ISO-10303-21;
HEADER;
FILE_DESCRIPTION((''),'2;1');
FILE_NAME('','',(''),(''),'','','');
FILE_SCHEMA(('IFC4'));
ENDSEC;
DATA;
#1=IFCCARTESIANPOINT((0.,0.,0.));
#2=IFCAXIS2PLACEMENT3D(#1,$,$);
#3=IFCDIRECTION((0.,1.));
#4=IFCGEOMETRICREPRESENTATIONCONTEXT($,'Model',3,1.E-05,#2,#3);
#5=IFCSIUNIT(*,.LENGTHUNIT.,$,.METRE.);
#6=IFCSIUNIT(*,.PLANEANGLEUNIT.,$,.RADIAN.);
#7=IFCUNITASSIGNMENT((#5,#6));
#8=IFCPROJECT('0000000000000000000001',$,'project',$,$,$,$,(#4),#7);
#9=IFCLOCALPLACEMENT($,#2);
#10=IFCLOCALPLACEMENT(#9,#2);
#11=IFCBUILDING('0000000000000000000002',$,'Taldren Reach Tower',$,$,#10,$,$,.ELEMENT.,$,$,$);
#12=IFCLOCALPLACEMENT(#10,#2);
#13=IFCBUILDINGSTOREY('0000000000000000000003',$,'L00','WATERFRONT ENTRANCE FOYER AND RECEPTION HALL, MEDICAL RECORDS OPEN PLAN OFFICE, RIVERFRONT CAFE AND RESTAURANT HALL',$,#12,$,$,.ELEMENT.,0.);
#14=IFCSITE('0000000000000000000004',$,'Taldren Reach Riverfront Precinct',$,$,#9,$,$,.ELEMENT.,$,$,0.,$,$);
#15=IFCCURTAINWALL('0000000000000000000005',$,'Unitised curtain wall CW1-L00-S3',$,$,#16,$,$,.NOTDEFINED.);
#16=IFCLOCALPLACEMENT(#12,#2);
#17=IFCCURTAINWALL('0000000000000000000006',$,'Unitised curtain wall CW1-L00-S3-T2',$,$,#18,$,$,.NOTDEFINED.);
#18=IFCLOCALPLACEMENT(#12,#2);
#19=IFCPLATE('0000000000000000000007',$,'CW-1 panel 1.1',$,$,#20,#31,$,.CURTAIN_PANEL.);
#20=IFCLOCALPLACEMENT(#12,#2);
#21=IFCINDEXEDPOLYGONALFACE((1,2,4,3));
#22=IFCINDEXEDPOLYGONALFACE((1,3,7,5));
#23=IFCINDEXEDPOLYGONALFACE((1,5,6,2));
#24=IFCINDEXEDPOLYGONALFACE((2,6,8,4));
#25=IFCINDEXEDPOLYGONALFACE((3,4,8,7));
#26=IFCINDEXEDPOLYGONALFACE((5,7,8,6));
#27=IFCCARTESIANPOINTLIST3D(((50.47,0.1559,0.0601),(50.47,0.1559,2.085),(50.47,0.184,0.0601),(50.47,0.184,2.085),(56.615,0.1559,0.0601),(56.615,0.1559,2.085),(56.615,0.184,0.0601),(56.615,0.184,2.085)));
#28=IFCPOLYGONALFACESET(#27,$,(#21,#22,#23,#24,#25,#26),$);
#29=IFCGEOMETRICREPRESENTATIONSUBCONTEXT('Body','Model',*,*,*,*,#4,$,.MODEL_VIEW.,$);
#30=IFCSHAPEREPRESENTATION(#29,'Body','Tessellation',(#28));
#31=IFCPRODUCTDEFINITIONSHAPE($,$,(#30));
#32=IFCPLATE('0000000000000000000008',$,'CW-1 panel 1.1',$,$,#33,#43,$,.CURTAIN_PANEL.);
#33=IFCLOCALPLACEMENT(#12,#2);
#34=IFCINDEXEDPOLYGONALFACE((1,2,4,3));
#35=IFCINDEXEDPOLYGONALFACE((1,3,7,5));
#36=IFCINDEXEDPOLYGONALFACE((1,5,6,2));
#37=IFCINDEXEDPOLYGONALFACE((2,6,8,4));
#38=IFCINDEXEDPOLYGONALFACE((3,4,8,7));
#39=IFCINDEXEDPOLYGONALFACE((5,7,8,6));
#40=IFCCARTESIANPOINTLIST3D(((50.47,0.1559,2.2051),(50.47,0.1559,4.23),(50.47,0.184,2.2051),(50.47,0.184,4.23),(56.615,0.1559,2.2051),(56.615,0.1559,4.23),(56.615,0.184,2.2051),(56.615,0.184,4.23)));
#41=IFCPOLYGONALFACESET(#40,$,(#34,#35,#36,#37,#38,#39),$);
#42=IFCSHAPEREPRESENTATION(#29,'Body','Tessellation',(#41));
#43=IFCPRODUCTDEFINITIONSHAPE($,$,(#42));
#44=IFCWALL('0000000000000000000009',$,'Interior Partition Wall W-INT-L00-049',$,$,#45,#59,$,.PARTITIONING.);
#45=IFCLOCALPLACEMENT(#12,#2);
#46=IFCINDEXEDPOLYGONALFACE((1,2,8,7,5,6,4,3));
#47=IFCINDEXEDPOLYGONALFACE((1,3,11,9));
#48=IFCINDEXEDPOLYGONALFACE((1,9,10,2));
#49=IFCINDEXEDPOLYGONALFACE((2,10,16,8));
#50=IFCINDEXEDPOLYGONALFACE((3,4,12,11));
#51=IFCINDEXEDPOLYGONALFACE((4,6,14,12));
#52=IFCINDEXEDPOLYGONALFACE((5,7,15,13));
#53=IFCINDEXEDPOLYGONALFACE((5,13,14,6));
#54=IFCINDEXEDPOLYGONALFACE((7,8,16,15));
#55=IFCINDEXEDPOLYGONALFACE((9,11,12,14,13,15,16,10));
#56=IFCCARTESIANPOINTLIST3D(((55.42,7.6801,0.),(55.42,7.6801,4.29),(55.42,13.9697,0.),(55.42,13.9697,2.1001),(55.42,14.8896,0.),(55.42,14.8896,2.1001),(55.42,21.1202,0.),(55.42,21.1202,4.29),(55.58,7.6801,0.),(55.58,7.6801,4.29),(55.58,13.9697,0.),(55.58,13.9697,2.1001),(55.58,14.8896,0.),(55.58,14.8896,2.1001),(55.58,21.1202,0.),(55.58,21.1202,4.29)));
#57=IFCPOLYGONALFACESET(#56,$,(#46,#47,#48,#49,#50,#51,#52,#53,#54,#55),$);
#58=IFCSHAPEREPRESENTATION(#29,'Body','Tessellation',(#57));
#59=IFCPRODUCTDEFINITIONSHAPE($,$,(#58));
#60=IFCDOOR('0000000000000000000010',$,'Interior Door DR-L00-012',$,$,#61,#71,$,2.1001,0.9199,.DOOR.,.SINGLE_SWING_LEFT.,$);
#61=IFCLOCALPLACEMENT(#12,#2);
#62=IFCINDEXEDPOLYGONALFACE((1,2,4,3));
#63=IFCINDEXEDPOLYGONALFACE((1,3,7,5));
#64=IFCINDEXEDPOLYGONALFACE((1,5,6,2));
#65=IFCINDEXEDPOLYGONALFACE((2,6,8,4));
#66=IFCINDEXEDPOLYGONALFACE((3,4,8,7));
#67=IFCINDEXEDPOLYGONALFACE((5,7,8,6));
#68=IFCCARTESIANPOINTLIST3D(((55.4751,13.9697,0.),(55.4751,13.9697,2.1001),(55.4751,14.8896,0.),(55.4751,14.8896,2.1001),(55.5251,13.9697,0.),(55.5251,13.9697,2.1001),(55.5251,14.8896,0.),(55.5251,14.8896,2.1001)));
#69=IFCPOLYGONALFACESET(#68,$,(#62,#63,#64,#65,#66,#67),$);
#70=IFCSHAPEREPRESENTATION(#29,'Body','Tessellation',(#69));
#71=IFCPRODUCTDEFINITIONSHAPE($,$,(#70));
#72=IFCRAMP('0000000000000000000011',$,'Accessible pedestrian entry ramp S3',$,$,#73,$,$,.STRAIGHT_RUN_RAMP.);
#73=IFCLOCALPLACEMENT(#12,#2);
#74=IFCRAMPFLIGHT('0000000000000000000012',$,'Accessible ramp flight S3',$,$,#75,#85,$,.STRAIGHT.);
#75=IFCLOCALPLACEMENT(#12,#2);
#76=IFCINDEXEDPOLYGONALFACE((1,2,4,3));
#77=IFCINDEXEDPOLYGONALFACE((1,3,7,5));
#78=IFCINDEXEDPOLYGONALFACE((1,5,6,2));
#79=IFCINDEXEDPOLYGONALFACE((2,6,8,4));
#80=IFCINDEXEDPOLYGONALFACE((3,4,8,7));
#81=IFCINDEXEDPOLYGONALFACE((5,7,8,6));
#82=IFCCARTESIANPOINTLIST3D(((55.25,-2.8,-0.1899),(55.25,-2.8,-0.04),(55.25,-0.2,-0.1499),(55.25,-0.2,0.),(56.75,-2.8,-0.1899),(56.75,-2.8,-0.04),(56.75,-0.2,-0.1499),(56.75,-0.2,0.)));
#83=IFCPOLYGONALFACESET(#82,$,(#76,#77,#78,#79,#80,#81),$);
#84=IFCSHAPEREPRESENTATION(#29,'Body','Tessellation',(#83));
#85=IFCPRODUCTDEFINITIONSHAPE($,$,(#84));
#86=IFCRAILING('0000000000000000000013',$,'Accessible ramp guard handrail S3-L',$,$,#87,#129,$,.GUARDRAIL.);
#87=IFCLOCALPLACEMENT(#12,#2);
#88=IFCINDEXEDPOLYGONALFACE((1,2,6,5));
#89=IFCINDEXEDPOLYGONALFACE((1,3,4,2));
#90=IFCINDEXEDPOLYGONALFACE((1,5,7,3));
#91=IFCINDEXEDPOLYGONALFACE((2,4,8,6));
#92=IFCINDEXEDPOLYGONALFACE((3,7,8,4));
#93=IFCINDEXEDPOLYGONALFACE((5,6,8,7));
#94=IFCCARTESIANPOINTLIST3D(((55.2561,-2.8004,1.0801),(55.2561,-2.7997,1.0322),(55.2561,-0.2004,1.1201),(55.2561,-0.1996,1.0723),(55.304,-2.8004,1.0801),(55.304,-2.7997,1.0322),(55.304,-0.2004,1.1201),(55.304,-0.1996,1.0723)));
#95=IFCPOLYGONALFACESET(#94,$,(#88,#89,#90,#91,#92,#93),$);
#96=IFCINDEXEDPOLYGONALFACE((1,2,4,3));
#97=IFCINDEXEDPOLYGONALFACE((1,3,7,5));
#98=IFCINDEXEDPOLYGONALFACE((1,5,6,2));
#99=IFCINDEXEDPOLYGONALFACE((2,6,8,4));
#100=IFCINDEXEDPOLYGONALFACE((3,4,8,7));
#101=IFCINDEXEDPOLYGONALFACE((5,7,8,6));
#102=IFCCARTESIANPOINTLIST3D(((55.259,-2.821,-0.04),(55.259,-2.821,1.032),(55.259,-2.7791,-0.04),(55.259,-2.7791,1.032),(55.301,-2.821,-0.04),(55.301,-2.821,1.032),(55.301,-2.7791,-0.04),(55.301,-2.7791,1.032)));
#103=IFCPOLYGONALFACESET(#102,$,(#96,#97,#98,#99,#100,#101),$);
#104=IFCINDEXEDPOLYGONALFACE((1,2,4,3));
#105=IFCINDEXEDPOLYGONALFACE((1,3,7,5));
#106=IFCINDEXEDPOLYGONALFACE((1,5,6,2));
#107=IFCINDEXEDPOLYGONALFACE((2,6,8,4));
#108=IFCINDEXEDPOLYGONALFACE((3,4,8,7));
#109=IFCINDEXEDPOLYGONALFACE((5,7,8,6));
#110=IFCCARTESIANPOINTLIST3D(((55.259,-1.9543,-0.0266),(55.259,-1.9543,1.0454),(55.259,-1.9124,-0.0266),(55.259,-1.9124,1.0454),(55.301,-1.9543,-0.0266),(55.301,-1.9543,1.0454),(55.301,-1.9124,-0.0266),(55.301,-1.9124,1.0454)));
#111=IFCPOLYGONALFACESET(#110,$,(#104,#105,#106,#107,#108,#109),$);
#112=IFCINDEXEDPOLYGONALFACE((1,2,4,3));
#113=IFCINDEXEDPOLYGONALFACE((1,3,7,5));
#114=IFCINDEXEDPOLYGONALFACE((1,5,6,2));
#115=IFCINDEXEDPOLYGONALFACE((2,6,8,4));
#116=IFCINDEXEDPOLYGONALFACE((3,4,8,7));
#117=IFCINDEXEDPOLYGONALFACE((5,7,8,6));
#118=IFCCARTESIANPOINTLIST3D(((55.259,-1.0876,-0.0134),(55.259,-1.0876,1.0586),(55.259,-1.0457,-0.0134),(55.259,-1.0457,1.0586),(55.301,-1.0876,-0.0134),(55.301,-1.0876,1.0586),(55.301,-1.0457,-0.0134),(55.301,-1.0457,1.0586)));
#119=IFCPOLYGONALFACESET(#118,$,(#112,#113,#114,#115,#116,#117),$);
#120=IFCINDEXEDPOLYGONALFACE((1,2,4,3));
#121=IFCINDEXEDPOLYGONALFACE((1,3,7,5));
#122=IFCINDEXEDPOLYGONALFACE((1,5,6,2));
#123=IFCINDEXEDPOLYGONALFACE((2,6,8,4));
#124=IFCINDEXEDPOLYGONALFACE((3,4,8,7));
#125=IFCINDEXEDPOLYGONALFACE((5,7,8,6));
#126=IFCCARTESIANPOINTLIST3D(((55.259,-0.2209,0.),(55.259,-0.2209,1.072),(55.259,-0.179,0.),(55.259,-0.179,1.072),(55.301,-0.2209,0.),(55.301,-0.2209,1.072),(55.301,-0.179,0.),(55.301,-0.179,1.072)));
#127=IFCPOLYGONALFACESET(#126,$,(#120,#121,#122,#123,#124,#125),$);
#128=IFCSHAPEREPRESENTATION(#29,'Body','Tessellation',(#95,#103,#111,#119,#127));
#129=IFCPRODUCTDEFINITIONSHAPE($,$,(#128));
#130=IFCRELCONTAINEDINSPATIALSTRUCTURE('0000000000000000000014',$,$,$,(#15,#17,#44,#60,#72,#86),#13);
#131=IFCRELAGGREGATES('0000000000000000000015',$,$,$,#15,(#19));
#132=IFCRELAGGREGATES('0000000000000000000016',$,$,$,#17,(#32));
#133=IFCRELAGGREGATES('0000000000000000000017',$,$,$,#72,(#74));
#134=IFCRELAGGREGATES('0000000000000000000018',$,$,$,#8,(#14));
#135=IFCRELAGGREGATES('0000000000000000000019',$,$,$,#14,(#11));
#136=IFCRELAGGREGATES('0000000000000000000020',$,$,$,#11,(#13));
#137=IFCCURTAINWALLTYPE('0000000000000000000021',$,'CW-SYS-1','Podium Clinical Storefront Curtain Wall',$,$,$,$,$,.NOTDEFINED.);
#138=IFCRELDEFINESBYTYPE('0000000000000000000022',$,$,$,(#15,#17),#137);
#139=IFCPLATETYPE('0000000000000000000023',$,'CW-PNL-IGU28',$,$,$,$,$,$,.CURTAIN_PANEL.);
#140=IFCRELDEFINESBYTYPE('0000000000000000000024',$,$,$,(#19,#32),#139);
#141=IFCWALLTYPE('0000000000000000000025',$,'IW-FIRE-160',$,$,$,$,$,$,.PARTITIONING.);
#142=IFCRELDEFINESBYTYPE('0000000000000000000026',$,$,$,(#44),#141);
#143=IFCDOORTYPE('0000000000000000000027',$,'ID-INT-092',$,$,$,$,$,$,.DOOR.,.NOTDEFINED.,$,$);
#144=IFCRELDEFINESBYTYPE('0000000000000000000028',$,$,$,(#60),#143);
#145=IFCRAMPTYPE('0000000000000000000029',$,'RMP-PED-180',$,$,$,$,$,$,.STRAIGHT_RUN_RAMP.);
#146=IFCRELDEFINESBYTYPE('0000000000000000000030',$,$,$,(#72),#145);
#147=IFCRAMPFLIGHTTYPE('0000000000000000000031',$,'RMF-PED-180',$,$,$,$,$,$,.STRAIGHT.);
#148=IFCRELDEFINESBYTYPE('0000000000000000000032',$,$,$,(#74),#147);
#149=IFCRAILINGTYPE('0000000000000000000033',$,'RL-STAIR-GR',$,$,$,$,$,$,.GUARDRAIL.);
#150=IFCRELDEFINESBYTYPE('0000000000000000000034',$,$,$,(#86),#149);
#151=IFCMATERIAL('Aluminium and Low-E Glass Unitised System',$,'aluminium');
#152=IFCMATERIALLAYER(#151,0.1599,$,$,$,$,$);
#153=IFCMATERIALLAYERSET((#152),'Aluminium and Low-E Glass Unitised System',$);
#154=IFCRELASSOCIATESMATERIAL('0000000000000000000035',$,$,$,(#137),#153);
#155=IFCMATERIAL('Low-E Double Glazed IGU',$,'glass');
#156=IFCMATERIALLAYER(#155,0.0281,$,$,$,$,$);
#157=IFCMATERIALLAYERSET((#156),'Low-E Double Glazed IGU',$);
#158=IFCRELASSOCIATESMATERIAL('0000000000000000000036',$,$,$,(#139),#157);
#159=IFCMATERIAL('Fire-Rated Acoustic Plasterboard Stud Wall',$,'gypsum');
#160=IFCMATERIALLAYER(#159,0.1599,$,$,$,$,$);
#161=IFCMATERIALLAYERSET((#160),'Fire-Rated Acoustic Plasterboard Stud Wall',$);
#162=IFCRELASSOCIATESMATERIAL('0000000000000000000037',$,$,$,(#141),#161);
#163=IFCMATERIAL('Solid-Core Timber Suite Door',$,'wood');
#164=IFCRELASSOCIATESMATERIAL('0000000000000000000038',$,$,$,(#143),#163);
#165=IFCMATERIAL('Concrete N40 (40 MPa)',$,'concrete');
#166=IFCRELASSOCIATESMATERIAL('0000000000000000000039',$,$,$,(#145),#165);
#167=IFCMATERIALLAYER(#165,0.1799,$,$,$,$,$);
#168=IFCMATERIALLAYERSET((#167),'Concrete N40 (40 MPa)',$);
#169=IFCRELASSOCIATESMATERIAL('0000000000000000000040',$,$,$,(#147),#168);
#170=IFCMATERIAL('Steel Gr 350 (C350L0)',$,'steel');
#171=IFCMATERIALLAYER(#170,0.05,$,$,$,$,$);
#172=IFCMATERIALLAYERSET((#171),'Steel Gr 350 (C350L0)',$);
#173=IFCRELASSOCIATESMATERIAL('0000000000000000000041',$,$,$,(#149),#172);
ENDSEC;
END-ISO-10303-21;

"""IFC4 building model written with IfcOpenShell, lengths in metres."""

from ifc_helpers import new_model, si_unit, direction, frame, frame_2d, origin, origin_2d, place, context, subcontext, project, spatial, polyline, rectangle, outline, extrude, source, transform, mapped, material, layer, layer_set, type_object, element, fill, aggregate, save


model = new_model("IFC4")

# Units and contexts
model_context = context("Model", 3, precision=1e-05, world=origin(), true_north=direction((0.0, 1.0)))
body_context = subcontext(model_context, "Body", "Model", "MODEL_VIEW")
ifc_project = project(units=[si_unit("LENGTHUNIT", "METRE"), si_unit("PLANEANGLEUNIT", "RADIAN")], contexts=[model_context])

# Site, building, storey
site_placement = place(None, origin())
site = spatial("IfcSite", under=ifc_project, at=site_placement, Name="Taldren Reach Riverfront Precinct", CompositionType="ELEMENT", RefElevation=0.0)
building_placement = place(site_placement, origin())
building = spatial("IfcBuilding", under=site, at=building_placement, Name="Taldren Reach Tower", CompositionType="ELEMENT")
storey_placement = place(building_placement, origin())
storey = spatial("IfcBuildingStorey", under=building, at=storey_placement, Name="L00", Description="WATERFRONT ENTRANCE FOYER AND RECEPTION HALL, MEDICAL RECORDS OPEN PLAN OFFICE, RIVERFRONT CAFE AND RESTAURANT HALL", CompositionType="ELEMENT", Elevation=0.0)

# Curtain walls
ifc_material_1 = material(Name="Aluminium and Low-E Glass Unitised System", Category="aluminium")
ifc_layer_1 = layer(ifc_material_1, 0.1599)
ifc_layer_set_1 = layer_set([ifc_layer_1], Name="Aluminium and Low-E Glass Unitised System")
curtain_wall_type = type_object("IfcCurtainWallType", Name="CW-SYS-1", Description="Podium Clinical Storefront Curtain Wall", PredefinedType="NOTDEFINED", material=ifc_layer_set_1)
curtain_wall_1_placement = place(storey_placement, origin())
curtain_wall_1 = element("IfcCurtainWall", 1, at=curtain_wall_1_placement, inside=storey, type_object=curtain_wall_type, Name="Unitised curtain wall CW1-L00-S3", PredefinedType="NOTDEFINED")
curtain_wall_2_placement = place(storey_placement, origin())
curtain_wall_2 = element("IfcCurtainWall", 2, at=curtain_wall_2_placement, inside=storey, type_object=curtain_wall_type, Name="Unitised curtain wall CW1-L00-S3-T2", PredefinedType="NOTDEFINED")

# Plates
ifc_material_2 = material(Name="Low-E Double Glazed IGU", Category="glass")
ifc_layer_2 = layer(ifc_material_2, 0.0281)
ifc_layer_set_2 = layer_set([ifc_layer_2], Name="Low-E Double Glazed IGU")
plate_type = type_object("IfcPlateType", Name="CW-PNL-IGU28", PredefinedType="CURTAIN_PANEL", material=ifc_layer_set_2)
shared_shape_1 = source(origin(), body_context, "Body", "SweptSolid", [
    extrude(rectangle(XDim=6.145, YDim=0.0281, at=origin_2d()), origin(), (0.0, 0.0, 1.0), 2.0249),
])
plate_1_placement = place(storey_placement, frame((53.5425, 0.1699, 0.0601), z_axis=(0.0, 0.0, 1.0), x_axis=(1.0, 0.0, 0.0)))
plate_1 = element("IfcPlate", 3, at=plate_1_placement, type_object=plate_type, Name="CW-1 panel 1.1", PredefinedType="CURTAIN_PANEL", context=body_context, shape_type="MappedRepresentation", body=[
    mapped(shared_shape_1, transform((0.0, 0.0, 0.0), scale=1.0)),
])
aggregate(curtain_wall_1, [plate_1])
plate_2_placement = place(storey_placement, frame((53.5425, 0.1699, 2.2051), z_axis=(0.0, 0.0, 1.0), x_axis=(1.0, 0.0, 0.0)))
plate_2 = element("IfcPlate", 4, at=plate_2_placement, type_object=plate_type, Name="CW-1 panel 1.1", PredefinedType="CURTAIN_PANEL", context=body_context, shape_type="MappedRepresentation", body=[
    mapped(shared_shape_1, transform((0.0, 0.0, 0.0), scale=1.0)),
])
aggregate(curtain_wall_2, [plate_2])

# Wall, opening, door
ifc_material_3 = material(Name="Fire-Rated Acoustic Plasterboard Stud Wall", Category="gypsum")
ifc_layer_3 = layer(ifc_material_3, 0.1599)
ifc_layer_set_3 = layer_set([ifc_layer_3], Name="Fire-Rated Acoustic Plasterboard Stud Wall")
wall_type = type_object("IfcWallType", Name="IW-FIRE-160", PredefinedType="PARTITIONING", material=ifc_layer_set_3)
shared_shape_2 = source(origin(), body_context, "Body", "SweptSolid", [
    extrude(rectangle(XDim=13.4402, YDim=0.1599, at=frame_2d((6.7202, 0.0))), origin(), (0.0, 0.0, 1.0), 4.29),
])
wall_placement = place(storey_placement, frame((55.5, 7.6799, 0.0), z_axis=(0.0, 0.0, 1.0), x_axis=(0.0, 1.0, 0.0)))
wall = element("IfcWall", 5, at=wall_placement, inside=storey, type_object=wall_type, Name="Interior Partition Wall W-INT-L00-049", PredefinedType="PARTITIONING", context=body_context, shape_type="MappedRepresentation", body=[
    mapped(shared_shape_2, transform((0.0, 0.0, 0.0), scale=1.0)),
])
shared_shape_3 = source(origin(), body_context, "Body", "SweptSolid", [
    extrude(rectangle(XDim=0.9199, YDim=2.1001, at=frame_2d((0.46, 1.05))), frame((0.0, 0.0898, 0.0), z_axis=(0.0, -1.0, 0.0), x_axis=(1.0, 0.0, 0.0)), (0.0, 0.0, 1.0), 0.1799),
])
opening_placement = place(wall_placement, frame((6.2898, 0.0, 0.0)))
opening = element("IfcOpeningElement", 6, at=opening_placement, cuts=wall, PredefinedType="OPENING", context=body_context, shape_type="MappedRepresentation", body=[
    mapped(shared_shape_3, transform((0.0, 0.0, 0.0), scale=1.0)),
])
ifc_material_4 = material(Name="Solid-Core Timber Suite Door", Category="wood")
door_type = type_object("IfcDoorType", Name="ID-INT-092", OperationType="NOTDEFINED", PredefinedType="DOOR", material=ifc_material_4)
shared_shape_4 = source(origin(), body_context, "Body", "SweptSolid", [
    extrude(rectangle(XDim=0.9199, YDim=2.1001, at=frame_2d((0.46, 1.05))), frame((0.0, 0.0249, 0.0), z_axis=(0.0, -1.0, 0.0), x_axis=(1.0, 0.0, 0.0)), (0.0, 0.0, 1.0), 0.05),
])
door_placement = place(opening_placement, origin())
door = element("IfcDoor", 7, at=door_placement, inside=storey, type_object=door_type, Name="Interior Door DR-L00-012", OperationType="SINGLE_SWING_LEFT", OverallHeight=2.1001, OverallWidth=0.9199, PredefinedType="DOOR", context=body_context, shape_type="MappedRepresentation", body=[
    mapped(shared_shape_4, transform((0.0, 0.0, 0.0), scale=1.0)),
])
fill(opening, door)

# Ramp, ramp flight
ifc_material_5 = material(Name="Concrete N40 (40 MPa)", Category="concrete")
ramp_type = type_object("IfcRampType", Name="RMP-PED-180", PredefinedType="STRAIGHT_RUN_RAMP", material=ifc_material_5)
ramp_placement = place(storey_placement, origin())
ramp = element("IfcRamp", 8, at=ramp_placement, inside=storey, type_object=ramp_type, Name="Accessible pedestrian entry ramp S3", PredefinedType="STRAIGHT_RUN_RAMP")
ifc_layer_4 = layer(ifc_material_5, 0.1799)
ifc_layer_set_4 = layer_set([ifc_layer_4], Name="Concrete N40 (40 MPa)")
ramp_flight_type = type_object("IfcRampFlightType", Name="RMF-PED-180", PredefinedType="STRAIGHT", material=ifc_layer_set_4)
ramp_flight_placement = place(storey_placement, frame((56.0, -2.8, -0.04), z_axis=(0.0, 0.0, 1.0), x_axis=(0.0, 1.0, 0.0)))
ramp_flight = element("IfcRampFlight", 9, at=ramp_flight_placement, type_object=ramp_flight_type, Name="Accessible ramp flight S3", PredefinedType="STRAIGHT", context=body_context, shape_type="SweptSolid", body=[
    extrude(outline(polyline([(0.0, -0.1499), (0.0, 0.0), (2.6001, 0.04), (2.6001, -0.1099), (0.0, -0.1499)])), frame((0.0, 0.75, 0.0), z_axis=(0.0, -1.0, 0.0), x_axis=(1.0, 0.0, 0.0)), (0.0, 0.0, 1.0), 1.5),
])
aggregate(ramp, [ramp_flight])

# Railing
ifc_material_6 = material(Name="Steel Gr 350 (C350L0)", Category="steel")
ifc_layer_5 = layer(ifc_material_6, 0.05)
ifc_layer_set_5 = layer_set([ifc_layer_5], Name="Steel Gr 350 (C350L0)")
railing_type = type_object("IfcRailingType", Name="RL-STAIR-GR", PredefinedType="GUARDRAIL", material=ifc_layer_set_5)
railing_placement = place(storey_placement, frame((55.28, -2.8, -0.04)))
element("IfcRailing", 10, at=railing_placement, inside=storey, type_object=railing_type, Name="Accessible ramp guard handrail S3-L", PredefinedType="GUARDRAIL", context=body_context, shape_type="SweptSolid", body=[
    extrude(rectangle(XDim=0.0479, YDim=0.0479, at=origin_2d()), frame((0.0, 0.0, 1.0962), z_axis=(0.0, 0.999881, 0.015397), x_axis=(-1.0, 0.0, 0.0)), (0.0, 0.0, 1.0), 2.6003),
    extrude(rectangle(XDim=0.042, YDim=0.042, at=origin_2d()), origin(), (0.0, 0.0, 1.0), 1.072),
    extrude(rectangle(XDim=0.042, YDim=0.042, at=origin_2d()), frame((0.0, 0.8667, 0.0134)), (0.0, 0.0, 1.0), 1.072),
    extrude(rectangle(XDim=0.042, YDim=0.042, at=origin_2d()), frame((0.0, 1.7334, 0.0266)), (0.0, 0.0, 1.0), 1.072),
    extrude(rectangle(XDim=0.042, YDim=0.042, at=origin_2d()), frame((0.0, 2.6001, 0.04)), (0.0, 0.0, 1.0), 1.072),
])

save(model, "model.ifc")
